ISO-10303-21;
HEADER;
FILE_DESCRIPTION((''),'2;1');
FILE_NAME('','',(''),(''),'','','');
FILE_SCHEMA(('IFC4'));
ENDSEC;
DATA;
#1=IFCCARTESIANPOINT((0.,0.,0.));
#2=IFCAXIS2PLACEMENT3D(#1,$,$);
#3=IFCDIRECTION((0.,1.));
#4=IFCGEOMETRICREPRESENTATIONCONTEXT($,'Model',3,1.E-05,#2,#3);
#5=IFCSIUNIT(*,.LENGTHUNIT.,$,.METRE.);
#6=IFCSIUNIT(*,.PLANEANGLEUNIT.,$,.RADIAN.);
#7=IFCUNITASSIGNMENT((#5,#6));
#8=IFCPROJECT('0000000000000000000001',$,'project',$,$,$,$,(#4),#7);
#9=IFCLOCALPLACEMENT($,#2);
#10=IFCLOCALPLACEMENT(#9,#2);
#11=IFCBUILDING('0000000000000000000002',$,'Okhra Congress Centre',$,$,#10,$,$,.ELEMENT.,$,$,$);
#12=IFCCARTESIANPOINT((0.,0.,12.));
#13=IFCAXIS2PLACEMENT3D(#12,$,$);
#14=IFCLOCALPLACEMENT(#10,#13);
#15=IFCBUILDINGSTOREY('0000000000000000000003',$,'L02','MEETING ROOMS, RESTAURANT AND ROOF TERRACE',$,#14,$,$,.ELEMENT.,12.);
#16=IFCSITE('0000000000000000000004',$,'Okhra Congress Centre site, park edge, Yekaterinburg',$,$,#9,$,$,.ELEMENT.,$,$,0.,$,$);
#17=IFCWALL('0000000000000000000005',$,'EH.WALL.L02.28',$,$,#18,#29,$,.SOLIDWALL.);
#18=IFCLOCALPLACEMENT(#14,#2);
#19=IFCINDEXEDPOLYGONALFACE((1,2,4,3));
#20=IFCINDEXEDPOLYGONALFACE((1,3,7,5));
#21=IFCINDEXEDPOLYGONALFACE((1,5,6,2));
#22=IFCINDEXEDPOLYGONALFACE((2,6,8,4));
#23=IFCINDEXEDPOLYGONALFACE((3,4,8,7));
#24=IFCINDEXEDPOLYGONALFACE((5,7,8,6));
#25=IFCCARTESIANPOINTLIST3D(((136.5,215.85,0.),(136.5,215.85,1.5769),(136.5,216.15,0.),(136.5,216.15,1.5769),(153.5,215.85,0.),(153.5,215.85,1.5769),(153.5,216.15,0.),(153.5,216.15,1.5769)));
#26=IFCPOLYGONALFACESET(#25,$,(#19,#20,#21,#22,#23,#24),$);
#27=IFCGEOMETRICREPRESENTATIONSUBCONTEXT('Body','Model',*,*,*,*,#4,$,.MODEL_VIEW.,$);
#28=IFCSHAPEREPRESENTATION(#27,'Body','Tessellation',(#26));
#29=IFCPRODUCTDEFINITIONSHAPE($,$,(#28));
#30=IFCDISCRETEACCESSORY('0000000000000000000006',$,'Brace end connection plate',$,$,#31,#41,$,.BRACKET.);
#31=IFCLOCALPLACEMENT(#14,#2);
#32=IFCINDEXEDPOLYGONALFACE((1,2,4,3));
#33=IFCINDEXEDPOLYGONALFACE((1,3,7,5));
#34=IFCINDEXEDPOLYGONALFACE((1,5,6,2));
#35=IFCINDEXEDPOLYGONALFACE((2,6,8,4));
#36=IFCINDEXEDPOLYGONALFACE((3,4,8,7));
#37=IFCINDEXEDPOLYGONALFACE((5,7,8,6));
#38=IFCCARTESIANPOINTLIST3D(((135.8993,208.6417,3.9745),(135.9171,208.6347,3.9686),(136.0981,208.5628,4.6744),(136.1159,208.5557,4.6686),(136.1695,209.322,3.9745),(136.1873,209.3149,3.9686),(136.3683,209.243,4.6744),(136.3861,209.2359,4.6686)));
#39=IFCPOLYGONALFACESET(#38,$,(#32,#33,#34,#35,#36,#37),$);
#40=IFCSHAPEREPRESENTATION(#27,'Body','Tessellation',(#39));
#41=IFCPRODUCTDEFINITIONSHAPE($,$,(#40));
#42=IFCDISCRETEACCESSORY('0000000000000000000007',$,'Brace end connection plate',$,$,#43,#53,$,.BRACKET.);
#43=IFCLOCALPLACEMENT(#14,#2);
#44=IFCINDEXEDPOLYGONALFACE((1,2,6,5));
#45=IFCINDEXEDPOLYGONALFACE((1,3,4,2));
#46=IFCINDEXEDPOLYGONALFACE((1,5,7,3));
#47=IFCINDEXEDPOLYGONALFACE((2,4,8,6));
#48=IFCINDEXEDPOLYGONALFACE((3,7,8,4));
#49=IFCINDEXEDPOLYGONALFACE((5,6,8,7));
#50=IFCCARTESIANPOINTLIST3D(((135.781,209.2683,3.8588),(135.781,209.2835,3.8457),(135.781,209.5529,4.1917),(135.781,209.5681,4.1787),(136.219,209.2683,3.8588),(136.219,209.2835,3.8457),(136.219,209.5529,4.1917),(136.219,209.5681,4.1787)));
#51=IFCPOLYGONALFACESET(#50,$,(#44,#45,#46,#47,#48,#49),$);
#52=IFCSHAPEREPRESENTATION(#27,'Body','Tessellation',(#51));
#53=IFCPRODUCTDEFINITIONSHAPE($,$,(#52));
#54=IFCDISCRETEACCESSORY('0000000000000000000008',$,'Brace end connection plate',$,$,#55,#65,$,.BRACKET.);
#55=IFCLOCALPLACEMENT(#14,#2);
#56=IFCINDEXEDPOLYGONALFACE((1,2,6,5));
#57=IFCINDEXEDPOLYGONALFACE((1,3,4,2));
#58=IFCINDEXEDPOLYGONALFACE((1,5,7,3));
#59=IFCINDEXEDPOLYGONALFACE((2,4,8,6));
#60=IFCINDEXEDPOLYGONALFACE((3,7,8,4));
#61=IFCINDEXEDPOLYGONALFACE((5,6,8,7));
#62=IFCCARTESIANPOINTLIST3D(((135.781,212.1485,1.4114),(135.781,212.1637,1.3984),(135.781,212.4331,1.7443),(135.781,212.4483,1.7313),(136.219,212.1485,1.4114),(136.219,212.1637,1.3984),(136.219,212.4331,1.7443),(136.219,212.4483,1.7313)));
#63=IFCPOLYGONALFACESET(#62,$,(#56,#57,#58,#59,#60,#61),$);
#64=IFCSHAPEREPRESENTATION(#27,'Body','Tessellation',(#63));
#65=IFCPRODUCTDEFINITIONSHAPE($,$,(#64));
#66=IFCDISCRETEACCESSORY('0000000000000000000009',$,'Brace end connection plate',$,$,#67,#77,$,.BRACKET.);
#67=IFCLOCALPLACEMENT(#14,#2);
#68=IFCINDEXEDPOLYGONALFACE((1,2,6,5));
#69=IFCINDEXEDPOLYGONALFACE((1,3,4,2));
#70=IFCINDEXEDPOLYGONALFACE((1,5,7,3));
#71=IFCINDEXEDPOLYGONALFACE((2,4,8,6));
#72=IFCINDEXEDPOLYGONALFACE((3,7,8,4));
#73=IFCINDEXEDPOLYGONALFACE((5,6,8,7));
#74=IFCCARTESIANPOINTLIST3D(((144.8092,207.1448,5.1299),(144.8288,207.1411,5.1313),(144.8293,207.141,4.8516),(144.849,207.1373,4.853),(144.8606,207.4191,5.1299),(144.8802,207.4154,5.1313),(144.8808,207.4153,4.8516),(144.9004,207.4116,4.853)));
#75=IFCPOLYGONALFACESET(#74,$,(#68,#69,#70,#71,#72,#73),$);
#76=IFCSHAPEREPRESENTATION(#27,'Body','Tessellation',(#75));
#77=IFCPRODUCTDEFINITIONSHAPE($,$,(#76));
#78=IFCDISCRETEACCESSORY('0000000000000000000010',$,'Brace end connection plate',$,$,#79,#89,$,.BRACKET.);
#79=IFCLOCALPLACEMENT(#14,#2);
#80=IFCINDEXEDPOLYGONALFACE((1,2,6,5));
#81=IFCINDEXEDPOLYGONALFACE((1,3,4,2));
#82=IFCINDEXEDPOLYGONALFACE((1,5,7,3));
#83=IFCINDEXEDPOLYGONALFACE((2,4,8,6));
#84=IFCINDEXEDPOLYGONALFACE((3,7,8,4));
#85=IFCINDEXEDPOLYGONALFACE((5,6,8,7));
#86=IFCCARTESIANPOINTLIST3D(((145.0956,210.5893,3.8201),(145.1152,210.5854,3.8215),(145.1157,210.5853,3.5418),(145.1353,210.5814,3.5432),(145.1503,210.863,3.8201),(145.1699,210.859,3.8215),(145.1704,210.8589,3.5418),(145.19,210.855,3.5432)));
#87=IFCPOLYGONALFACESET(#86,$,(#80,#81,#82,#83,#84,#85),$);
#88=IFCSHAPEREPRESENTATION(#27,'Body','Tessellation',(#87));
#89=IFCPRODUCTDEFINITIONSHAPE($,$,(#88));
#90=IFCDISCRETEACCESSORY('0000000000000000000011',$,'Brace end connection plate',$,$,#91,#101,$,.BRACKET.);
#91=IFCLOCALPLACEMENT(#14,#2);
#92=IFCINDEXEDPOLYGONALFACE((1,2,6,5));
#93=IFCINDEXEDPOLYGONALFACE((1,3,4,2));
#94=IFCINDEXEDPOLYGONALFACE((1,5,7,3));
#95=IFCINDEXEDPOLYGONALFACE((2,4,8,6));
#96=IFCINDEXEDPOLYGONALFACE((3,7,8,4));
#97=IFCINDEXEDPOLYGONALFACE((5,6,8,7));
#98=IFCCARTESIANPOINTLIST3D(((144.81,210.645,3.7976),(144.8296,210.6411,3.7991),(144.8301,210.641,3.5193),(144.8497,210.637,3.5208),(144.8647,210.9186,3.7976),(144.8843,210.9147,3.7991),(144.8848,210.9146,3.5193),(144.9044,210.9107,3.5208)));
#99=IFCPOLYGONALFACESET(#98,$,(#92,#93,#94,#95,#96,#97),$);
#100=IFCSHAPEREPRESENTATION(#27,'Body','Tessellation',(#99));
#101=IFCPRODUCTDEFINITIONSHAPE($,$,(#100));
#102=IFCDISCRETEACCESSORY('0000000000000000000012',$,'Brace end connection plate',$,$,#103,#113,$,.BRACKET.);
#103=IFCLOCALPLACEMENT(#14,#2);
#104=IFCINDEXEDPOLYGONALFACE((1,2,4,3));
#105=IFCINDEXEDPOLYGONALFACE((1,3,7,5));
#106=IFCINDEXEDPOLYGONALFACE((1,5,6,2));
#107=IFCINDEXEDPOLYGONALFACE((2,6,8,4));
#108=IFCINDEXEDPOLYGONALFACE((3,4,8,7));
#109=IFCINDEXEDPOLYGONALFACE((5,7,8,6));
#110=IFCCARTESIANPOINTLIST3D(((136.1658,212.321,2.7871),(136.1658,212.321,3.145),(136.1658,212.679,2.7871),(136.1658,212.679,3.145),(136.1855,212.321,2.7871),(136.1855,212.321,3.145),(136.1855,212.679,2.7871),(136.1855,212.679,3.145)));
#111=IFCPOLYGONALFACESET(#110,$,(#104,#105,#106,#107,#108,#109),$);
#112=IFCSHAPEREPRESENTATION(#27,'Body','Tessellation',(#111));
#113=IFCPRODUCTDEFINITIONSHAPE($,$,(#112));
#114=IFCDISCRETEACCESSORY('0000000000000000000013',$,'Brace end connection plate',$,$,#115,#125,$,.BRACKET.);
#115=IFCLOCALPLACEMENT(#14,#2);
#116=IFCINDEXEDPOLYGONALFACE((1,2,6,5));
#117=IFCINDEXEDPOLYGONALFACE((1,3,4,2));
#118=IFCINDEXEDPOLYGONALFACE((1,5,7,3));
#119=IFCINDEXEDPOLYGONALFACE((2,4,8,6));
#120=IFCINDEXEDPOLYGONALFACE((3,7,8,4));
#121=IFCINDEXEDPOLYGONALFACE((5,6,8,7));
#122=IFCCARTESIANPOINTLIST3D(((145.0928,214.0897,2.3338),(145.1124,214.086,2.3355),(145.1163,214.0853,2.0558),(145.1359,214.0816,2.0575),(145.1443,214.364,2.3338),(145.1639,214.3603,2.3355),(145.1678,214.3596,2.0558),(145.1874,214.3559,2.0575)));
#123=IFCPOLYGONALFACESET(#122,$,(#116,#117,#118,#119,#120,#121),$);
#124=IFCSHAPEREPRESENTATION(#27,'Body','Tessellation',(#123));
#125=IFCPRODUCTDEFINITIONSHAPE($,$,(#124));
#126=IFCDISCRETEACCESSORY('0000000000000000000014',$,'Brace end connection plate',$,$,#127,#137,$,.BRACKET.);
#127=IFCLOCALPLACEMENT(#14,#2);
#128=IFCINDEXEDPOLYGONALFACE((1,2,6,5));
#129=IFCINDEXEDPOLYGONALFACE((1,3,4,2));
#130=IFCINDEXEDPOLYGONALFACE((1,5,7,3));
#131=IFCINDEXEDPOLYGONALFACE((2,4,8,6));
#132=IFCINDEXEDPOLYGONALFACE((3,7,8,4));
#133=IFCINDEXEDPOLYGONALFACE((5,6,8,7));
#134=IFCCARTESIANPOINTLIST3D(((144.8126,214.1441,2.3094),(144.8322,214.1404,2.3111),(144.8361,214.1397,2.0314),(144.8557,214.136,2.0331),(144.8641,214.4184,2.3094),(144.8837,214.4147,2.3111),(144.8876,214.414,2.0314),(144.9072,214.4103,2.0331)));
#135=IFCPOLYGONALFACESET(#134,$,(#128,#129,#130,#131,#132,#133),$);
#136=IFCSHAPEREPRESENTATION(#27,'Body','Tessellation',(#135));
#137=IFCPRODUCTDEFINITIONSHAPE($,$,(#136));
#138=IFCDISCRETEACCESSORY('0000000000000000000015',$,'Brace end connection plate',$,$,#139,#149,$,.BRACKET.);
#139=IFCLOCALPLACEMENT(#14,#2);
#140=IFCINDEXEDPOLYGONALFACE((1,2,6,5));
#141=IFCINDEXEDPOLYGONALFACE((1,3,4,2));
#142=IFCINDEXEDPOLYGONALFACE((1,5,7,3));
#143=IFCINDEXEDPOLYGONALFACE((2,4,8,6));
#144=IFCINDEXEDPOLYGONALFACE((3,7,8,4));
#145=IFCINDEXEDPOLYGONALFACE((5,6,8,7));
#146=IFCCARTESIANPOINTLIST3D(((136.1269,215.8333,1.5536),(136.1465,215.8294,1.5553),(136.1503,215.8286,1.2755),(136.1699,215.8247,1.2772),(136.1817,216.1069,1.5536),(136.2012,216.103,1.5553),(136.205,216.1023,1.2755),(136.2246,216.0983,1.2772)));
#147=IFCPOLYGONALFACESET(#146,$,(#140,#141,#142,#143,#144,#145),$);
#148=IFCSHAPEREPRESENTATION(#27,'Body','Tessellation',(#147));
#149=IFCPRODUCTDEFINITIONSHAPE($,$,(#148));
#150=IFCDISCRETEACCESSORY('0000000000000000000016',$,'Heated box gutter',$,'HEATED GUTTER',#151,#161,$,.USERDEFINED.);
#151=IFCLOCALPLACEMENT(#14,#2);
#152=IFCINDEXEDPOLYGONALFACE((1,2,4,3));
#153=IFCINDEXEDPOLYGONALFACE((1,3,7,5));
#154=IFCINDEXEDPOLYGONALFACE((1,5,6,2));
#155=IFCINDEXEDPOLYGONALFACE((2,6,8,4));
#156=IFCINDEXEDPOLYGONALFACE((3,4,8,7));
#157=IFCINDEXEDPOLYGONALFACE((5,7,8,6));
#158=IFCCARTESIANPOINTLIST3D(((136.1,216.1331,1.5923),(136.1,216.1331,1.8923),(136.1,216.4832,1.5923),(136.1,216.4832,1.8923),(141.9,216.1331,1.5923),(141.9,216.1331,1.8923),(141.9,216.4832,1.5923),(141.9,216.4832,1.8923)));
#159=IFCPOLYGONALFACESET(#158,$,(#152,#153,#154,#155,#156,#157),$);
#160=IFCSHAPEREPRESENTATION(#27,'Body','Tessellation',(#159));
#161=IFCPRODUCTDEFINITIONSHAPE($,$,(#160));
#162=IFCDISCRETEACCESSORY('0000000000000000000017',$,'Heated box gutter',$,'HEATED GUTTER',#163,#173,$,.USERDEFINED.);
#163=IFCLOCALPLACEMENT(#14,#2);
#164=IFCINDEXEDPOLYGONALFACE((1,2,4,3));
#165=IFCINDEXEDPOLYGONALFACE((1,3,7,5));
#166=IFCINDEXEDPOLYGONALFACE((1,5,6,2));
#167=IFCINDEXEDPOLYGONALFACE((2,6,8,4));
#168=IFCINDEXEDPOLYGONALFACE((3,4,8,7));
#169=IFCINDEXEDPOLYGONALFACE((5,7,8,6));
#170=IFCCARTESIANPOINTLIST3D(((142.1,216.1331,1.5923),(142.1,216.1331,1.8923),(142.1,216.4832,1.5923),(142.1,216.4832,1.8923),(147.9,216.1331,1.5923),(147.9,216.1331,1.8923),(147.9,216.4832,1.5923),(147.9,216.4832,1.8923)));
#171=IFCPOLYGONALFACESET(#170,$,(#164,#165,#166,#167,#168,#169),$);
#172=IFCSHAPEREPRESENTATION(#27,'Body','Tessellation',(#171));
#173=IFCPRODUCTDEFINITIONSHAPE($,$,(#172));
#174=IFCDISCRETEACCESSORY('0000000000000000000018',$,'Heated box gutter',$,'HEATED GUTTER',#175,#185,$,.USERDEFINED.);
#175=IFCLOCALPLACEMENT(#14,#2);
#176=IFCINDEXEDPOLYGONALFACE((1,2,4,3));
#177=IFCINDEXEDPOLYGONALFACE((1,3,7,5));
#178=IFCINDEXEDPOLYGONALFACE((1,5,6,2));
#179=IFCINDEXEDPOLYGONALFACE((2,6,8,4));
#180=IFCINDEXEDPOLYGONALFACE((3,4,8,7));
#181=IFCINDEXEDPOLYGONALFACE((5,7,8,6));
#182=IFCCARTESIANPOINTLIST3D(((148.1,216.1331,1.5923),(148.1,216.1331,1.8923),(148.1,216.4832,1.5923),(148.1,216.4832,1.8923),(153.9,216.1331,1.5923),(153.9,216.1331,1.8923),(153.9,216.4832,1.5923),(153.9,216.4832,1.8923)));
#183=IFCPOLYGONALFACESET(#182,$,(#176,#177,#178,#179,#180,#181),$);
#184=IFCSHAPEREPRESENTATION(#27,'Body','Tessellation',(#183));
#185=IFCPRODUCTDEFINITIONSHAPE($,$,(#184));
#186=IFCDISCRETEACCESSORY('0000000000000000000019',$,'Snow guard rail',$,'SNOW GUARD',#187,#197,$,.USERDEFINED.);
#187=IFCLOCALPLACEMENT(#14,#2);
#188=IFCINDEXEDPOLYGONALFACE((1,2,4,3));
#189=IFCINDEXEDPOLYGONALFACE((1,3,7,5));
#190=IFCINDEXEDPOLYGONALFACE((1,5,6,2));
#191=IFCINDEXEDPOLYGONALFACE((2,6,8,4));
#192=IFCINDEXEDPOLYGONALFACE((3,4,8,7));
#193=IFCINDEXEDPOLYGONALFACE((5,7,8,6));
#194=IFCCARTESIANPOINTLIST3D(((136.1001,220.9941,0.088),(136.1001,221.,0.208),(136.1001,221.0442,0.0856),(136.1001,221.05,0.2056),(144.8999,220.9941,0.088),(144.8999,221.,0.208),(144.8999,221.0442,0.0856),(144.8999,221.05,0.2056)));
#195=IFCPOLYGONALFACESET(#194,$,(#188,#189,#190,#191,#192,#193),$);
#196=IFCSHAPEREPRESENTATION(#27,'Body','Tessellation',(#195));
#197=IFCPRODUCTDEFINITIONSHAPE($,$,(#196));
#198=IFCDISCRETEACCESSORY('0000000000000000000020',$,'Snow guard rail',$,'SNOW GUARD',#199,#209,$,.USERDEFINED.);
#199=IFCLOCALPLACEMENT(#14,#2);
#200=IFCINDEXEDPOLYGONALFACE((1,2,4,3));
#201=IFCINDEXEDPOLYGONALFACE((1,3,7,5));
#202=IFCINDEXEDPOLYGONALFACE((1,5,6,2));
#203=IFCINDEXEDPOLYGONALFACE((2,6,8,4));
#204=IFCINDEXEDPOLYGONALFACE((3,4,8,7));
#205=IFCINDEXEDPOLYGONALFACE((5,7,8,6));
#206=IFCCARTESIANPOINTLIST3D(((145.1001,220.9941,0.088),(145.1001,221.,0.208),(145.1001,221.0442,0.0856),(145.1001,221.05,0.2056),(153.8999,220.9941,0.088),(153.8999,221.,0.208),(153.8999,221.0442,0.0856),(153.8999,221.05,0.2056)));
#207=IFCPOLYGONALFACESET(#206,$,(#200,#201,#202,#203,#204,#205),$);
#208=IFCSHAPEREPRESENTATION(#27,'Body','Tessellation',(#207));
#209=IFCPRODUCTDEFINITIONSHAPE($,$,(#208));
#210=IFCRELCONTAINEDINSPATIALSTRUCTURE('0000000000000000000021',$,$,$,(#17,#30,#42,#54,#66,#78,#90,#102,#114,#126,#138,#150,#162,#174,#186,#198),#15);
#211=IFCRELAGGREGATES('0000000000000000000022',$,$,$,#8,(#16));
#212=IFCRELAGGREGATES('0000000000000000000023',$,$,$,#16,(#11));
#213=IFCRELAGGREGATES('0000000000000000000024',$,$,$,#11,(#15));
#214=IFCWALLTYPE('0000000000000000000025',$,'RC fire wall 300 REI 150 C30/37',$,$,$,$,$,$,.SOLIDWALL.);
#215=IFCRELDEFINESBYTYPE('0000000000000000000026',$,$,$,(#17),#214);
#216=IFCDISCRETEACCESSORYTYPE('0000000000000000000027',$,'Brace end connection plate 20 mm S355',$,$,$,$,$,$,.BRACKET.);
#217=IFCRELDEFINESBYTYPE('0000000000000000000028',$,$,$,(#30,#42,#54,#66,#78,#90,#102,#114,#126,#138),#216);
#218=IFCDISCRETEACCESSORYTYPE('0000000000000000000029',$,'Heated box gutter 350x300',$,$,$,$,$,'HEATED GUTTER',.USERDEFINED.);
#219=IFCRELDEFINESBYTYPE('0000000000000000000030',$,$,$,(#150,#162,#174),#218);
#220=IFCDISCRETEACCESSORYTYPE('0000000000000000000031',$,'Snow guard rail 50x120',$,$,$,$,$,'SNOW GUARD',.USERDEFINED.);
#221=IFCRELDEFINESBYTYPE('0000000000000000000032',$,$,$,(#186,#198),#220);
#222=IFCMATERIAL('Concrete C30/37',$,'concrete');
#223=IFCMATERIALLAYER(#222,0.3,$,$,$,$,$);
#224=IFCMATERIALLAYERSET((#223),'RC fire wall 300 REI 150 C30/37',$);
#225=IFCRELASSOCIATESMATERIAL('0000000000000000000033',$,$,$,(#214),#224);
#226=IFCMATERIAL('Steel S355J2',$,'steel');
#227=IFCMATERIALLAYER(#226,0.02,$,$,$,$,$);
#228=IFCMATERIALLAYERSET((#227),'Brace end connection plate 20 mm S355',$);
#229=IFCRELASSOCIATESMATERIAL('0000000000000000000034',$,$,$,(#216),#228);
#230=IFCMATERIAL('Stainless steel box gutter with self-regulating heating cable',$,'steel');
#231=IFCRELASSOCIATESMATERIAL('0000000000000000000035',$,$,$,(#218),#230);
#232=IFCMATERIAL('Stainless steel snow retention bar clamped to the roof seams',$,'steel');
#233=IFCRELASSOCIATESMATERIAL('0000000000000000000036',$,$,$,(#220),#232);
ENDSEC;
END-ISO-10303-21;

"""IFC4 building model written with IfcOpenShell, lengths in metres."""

from ifc_helpers import new_model, si_unit, direction, frame, frame_2d, origin, origin_2d, place, context, subcontext, project, spatial, polyline, rectangle, outline, extrude, material, layer, layer_set, type_object, element, save


model = new_model("IFC4")

# Units and contexts
model_context = context("Model", 3, precision=1e-05, world=origin(), true_north=direction((0.0, 1.0)))
body_context = subcontext(model_context, "Body", "Model", "MODEL_VIEW")
ifc_project = project(units=[si_unit("LENGTHUNIT", "METRE"), si_unit("PLANEANGLEUNIT", "RADIAN")], contexts=[model_context])

# Site, building, storey
site_placement = place(None, origin())
site = spatial("IfcSite", under=ifc_project, at=site_placement, Name="Okhra Congress Centre site, park edge, Yekaterinburg", CompositionType="ELEMENT", RefElevation=0.0)
building_placement = place(site_placement, origin())
building = spatial("IfcBuilding", under=site, at=building_placement, Name="Okhra Congress Centre", CompositionType="ELEMENT")
storey_placement = place(building_placement, frame((0.0, 0.0, 12.0)))
storey = spatial("IfcBuildingStorey", under=building, at=storey_placement, Name="L02", Description="MEETING ROOMS, RESTAURANT AND ROOF TERRACE", CompositionType="ELEMENT", Elevation=12.0)

# Shared definitions
ifc_material_1 = material(Name="Steel S355J2", Category="steel")

# Wall
ifc_material_2 = material(Name="Concrete C30/37", Category="concrete")
ifc_layer_1 = layer(ifc_material_2, 0.3)
ifc_layer_set_1 = layer_set([ifc_layer_1], Name="RC fire wall 300 REI 150 C30/37")
wall_type = type_object("IfcWallType", Name="RC fire wall 300 REI 150 C30/37", PredefinedType="SOLIDWALL", material=ifc_layer_set_1)
wall_placement = place(storey_placement, frame((136.5, 216.0, 0.0), z_axis=(0.0, 0.0, 1.0), x_axis=(1.0, 0.0, 0.0)))
element("IfcWall", 1, at=wall_placement, inside=storey, type_object=wall_type, Name="EH.WALL.L02.28", PredefinedType="SOLIDWALL", context=body_context, shape_type="SweptSolid", body=[
    extrude(rectangle(XDim=17.0, YDim=0.3, at=frame_2d((8.5, 0.0))), origin(), (0.0, 0.0, 1.0), 1.5769),
])

# Discrete accessories
ifc_layer_2 = layer(ifc_material_1, 0.02)
ifc_layer_set_2 = layer_set([ifc_layer_2], Name="Brace end connection plate 20 mm S355")
discrete_accessory_type_1 = type_object("IfcDiscreteAccessoryType", Name="Brace end connection plate 20 mm S355", PredefinedType="BRACKET", material=ifc_layer_set_2)
discrete_accessory_1_placement = place(storey_placement, frame((136.1516, 208.9353, 4.3186), z_axis=(-0.888791, 0.353081, 0.292205), x_axis=(-0.369195, -0.929352, 0.0)))
element("IfcDiscreteAccessory", 2, at=discrete_accessory_1_placement, inside=storey, type_object=discrete_accessory_type_1, Name="Brace end connection plate", PredefinedType="BRACKET", context=body_context, shape_type="SweptSolid", body=[
    extrude(rectangle(XDim=0.7319, YDim=0.7319, at=origin_2d()), origin(), (0.0, 0.0, 1.0), 0.02),
])
for number, where, z_axis, x_axis, name in (
    (3, (136.0, 209.4258, 4.0122), (0.0, -0.760121, 0.649781), (1.0, 0.0, 0.0), "Brace end connection plate"),
    (4, (136.0, 212.2908, 1.5779), (0.0, 0.760121, -0.649781), (-1.0, 0.0, 0.0), "Brace end connection plate"),
):
    element("IfcDiscreteAccessory", number, at=place(storey_placement, frame(where, z_axis=z_axis, x_axis=x_axis)), inside=storey, type_object=discrete_accessory_type_1, Name=name, PredefinedType="BRACKET", context=body_context, shape_type="SweptSolid", body=[
        extrude(rectangle(XDim=0.438, YDim=0.438, at=origin_2d()), origin(), (0.0, 0.0, 1.0), 0.02),
    ])
for number, where, z_axis, x_axis, name in (
    (5, (144.845, 207.28, 4.9907), (0.980213, -0.18379, 0.073516), (0.184289, 0.982872, 0.0), "Brace end connection plate"),
    (6, (145.1526, 210.7202, 3.6824), (-0.97794, 0.195588, -0.073345), (-0.196116, -0.980581, 0.0), "Brace end connection plate"),
    (7, (144.8474, 210.7798, 3.6584), (0.97794, -0.195588, 0.073345), (0.196116, 0.980581, 0.0), "Brace end connection plate"),
):
    element("IfcDiscreteAccessory", number, at=place(storey_placement, frame(where, z_axis=z_axis, x_axis=x_axis)), inside=storey, type_object=discrete_accessory_type_1, Name=name, PredefinedType="BRACKET", context=body_context, shape_type="SweptSolid", body=[
        extrude(rectangle(XDim=0.2791, YDim=0.2791, at=origin_2d()), origin(), (0.0, 0.0, 1.0), 0.02),
    ])
discrete_accessory_2_placement = place(storey_placement, frame((136.1855, 212.5, 2.9661), z_axis=(-1.0, 0.0, 0.0), x_axis=(0.0, -1.0, 0.0)))
element("IfcDiscreteAccessory", 8, at=discrete_accessory_2_placement, inside=storey, type_object=discrete_accessory_type_1, Name="Brace end connection plate", PredefinedType="BRACKET", context=body_context, shape_type="SweptSolid", body=[
    extrude(rectangle(XDim=0.3579, YDim=0.3579, at=origin_2d()), origin(), (0.0, 0.0, 1.0), 0.0198),
])
for number, where, z_axis, x_axis, name in (
    (9, (145.1499, 214.2209, 2.1965), (-0.979257, 0.183611, -0.085685), (-0.184289, -0.982872, 0.0), "Brace end connection plate"),
    (10, (144.8501, 214.2791, 2.1704), (0.979257, -0.183611, 0.085685), (0.184289, 0.982872, 0.0), "Brace end connection plate"),
    (11, (136.1855, 215.9639, 1.4163), (-0.976991, 0.195398, -0.085487), (-0.196116, -0.980581, 0.0), "Brace end connection plate"),
):
    element("IfcDiscreteAccessory", number, at=place(storey_placement, frame(where, z_axis=z_axis, x_axis=x_axis)), inside=storey, type_object=discrete_accessory_type_1, Name=name, PredefinedType="BRACKET", context=body_context, shape_type="SweptSolid", body=[
        extrude(rectangle(XDim=0.2791, YDim=0.2791, at=origin_2d()), origin(), (0.0, 0.0, 1.0), 0.02),
    ])
ifc_material_3 = material(Name="Stainless steel box gutter with self-regulating heating cable", Category="steel")
discrete_accessory_type_2 = type_object("IfcDiscreteAccessoryType", Name="Heated box gutter 350x300", ElementType="HEATED GUTTER", PredefinedType="USERDEFINED", material=ifc_material_3)
for number, where, z_axis, x_axis, name in (
    (12, (139.0, 216.3081, 1.5923), (0.0, 0.0, 1.0), (1.0, 0.0, 0.0), "Heated box gutter"),
    (13, (145.0, 216.3081, 1.5923), (0.0, 0.0, 1.0), (1.0, 0.0, 0.0), "Heated box gutter"),
    (14, (151.0, 216.3081, 1.5923), (0.0, 0.0, 1.0), (1.0, 0.0, 0.0), "Heated box gutter"),
):
    element("IfcDiscreteAccessory", number, at=place(storey_placement, frame(where, z_axis=z_axis, x_axis=x_axis)), inside=storey, type_object=discrete_accessory_type_2, Name=name, ObjectType="HEATED GUTTER", PredefinedType="USERDEFINED", context=body_context, shape_type="SweptSolid", body=[
        extrude(rectangle(XDim=5.8, YDim=0.3501, at=origin_2d()), origin(), (0.0, 0.0, 1.0), 0.3),
    ])
ifc_material_4 = material(Name="Stainless steel snow retention bar clamped to the roof seams", Category="steel")
discrete_accessory_type_3 = type_object("IfcDiscreteAccessoryType", Name="Snow guard rail 50x120", ElementType="SNOW GUARD", PredefinedType="USERDEFINED", material=ifc_material_4)
for number, where, z_axis, x_axis, name in (
    (15, (136.1001, 221.0, 0.208), (0.0, 0.048723, 0.998812), (1.0, 0.0, 0.0), "Snow guard rail"),
    (16, (145.1001, 221.0, 0.208), (0.0, 0.048723, 0.998812), (1.0, 0.0, 0.0), "Snow guard rail"),
):
    element("IfcDiscreteAccessory", number, at=place(storey_placement, frame(where, z_axis=z_axis, x_axis=x_axis)), inside=storey, type_object=discrete_accessory_type_3, Name=name, ObjectType="SNOW GUARD", PredefinedType="USERDEFINED", context=body_context, shape_type="SweptSolid", body=[
        extrude(outline(polyline([(0.0, 0.0), (8.7998, 0.0), (8.7998, 0.0501), (0.0, 0.0501), (0.0, 0.0)])), origin(), (0.0, 0.0, -1.0), 0.1201),
    ])

save(model, "model.ifc")
